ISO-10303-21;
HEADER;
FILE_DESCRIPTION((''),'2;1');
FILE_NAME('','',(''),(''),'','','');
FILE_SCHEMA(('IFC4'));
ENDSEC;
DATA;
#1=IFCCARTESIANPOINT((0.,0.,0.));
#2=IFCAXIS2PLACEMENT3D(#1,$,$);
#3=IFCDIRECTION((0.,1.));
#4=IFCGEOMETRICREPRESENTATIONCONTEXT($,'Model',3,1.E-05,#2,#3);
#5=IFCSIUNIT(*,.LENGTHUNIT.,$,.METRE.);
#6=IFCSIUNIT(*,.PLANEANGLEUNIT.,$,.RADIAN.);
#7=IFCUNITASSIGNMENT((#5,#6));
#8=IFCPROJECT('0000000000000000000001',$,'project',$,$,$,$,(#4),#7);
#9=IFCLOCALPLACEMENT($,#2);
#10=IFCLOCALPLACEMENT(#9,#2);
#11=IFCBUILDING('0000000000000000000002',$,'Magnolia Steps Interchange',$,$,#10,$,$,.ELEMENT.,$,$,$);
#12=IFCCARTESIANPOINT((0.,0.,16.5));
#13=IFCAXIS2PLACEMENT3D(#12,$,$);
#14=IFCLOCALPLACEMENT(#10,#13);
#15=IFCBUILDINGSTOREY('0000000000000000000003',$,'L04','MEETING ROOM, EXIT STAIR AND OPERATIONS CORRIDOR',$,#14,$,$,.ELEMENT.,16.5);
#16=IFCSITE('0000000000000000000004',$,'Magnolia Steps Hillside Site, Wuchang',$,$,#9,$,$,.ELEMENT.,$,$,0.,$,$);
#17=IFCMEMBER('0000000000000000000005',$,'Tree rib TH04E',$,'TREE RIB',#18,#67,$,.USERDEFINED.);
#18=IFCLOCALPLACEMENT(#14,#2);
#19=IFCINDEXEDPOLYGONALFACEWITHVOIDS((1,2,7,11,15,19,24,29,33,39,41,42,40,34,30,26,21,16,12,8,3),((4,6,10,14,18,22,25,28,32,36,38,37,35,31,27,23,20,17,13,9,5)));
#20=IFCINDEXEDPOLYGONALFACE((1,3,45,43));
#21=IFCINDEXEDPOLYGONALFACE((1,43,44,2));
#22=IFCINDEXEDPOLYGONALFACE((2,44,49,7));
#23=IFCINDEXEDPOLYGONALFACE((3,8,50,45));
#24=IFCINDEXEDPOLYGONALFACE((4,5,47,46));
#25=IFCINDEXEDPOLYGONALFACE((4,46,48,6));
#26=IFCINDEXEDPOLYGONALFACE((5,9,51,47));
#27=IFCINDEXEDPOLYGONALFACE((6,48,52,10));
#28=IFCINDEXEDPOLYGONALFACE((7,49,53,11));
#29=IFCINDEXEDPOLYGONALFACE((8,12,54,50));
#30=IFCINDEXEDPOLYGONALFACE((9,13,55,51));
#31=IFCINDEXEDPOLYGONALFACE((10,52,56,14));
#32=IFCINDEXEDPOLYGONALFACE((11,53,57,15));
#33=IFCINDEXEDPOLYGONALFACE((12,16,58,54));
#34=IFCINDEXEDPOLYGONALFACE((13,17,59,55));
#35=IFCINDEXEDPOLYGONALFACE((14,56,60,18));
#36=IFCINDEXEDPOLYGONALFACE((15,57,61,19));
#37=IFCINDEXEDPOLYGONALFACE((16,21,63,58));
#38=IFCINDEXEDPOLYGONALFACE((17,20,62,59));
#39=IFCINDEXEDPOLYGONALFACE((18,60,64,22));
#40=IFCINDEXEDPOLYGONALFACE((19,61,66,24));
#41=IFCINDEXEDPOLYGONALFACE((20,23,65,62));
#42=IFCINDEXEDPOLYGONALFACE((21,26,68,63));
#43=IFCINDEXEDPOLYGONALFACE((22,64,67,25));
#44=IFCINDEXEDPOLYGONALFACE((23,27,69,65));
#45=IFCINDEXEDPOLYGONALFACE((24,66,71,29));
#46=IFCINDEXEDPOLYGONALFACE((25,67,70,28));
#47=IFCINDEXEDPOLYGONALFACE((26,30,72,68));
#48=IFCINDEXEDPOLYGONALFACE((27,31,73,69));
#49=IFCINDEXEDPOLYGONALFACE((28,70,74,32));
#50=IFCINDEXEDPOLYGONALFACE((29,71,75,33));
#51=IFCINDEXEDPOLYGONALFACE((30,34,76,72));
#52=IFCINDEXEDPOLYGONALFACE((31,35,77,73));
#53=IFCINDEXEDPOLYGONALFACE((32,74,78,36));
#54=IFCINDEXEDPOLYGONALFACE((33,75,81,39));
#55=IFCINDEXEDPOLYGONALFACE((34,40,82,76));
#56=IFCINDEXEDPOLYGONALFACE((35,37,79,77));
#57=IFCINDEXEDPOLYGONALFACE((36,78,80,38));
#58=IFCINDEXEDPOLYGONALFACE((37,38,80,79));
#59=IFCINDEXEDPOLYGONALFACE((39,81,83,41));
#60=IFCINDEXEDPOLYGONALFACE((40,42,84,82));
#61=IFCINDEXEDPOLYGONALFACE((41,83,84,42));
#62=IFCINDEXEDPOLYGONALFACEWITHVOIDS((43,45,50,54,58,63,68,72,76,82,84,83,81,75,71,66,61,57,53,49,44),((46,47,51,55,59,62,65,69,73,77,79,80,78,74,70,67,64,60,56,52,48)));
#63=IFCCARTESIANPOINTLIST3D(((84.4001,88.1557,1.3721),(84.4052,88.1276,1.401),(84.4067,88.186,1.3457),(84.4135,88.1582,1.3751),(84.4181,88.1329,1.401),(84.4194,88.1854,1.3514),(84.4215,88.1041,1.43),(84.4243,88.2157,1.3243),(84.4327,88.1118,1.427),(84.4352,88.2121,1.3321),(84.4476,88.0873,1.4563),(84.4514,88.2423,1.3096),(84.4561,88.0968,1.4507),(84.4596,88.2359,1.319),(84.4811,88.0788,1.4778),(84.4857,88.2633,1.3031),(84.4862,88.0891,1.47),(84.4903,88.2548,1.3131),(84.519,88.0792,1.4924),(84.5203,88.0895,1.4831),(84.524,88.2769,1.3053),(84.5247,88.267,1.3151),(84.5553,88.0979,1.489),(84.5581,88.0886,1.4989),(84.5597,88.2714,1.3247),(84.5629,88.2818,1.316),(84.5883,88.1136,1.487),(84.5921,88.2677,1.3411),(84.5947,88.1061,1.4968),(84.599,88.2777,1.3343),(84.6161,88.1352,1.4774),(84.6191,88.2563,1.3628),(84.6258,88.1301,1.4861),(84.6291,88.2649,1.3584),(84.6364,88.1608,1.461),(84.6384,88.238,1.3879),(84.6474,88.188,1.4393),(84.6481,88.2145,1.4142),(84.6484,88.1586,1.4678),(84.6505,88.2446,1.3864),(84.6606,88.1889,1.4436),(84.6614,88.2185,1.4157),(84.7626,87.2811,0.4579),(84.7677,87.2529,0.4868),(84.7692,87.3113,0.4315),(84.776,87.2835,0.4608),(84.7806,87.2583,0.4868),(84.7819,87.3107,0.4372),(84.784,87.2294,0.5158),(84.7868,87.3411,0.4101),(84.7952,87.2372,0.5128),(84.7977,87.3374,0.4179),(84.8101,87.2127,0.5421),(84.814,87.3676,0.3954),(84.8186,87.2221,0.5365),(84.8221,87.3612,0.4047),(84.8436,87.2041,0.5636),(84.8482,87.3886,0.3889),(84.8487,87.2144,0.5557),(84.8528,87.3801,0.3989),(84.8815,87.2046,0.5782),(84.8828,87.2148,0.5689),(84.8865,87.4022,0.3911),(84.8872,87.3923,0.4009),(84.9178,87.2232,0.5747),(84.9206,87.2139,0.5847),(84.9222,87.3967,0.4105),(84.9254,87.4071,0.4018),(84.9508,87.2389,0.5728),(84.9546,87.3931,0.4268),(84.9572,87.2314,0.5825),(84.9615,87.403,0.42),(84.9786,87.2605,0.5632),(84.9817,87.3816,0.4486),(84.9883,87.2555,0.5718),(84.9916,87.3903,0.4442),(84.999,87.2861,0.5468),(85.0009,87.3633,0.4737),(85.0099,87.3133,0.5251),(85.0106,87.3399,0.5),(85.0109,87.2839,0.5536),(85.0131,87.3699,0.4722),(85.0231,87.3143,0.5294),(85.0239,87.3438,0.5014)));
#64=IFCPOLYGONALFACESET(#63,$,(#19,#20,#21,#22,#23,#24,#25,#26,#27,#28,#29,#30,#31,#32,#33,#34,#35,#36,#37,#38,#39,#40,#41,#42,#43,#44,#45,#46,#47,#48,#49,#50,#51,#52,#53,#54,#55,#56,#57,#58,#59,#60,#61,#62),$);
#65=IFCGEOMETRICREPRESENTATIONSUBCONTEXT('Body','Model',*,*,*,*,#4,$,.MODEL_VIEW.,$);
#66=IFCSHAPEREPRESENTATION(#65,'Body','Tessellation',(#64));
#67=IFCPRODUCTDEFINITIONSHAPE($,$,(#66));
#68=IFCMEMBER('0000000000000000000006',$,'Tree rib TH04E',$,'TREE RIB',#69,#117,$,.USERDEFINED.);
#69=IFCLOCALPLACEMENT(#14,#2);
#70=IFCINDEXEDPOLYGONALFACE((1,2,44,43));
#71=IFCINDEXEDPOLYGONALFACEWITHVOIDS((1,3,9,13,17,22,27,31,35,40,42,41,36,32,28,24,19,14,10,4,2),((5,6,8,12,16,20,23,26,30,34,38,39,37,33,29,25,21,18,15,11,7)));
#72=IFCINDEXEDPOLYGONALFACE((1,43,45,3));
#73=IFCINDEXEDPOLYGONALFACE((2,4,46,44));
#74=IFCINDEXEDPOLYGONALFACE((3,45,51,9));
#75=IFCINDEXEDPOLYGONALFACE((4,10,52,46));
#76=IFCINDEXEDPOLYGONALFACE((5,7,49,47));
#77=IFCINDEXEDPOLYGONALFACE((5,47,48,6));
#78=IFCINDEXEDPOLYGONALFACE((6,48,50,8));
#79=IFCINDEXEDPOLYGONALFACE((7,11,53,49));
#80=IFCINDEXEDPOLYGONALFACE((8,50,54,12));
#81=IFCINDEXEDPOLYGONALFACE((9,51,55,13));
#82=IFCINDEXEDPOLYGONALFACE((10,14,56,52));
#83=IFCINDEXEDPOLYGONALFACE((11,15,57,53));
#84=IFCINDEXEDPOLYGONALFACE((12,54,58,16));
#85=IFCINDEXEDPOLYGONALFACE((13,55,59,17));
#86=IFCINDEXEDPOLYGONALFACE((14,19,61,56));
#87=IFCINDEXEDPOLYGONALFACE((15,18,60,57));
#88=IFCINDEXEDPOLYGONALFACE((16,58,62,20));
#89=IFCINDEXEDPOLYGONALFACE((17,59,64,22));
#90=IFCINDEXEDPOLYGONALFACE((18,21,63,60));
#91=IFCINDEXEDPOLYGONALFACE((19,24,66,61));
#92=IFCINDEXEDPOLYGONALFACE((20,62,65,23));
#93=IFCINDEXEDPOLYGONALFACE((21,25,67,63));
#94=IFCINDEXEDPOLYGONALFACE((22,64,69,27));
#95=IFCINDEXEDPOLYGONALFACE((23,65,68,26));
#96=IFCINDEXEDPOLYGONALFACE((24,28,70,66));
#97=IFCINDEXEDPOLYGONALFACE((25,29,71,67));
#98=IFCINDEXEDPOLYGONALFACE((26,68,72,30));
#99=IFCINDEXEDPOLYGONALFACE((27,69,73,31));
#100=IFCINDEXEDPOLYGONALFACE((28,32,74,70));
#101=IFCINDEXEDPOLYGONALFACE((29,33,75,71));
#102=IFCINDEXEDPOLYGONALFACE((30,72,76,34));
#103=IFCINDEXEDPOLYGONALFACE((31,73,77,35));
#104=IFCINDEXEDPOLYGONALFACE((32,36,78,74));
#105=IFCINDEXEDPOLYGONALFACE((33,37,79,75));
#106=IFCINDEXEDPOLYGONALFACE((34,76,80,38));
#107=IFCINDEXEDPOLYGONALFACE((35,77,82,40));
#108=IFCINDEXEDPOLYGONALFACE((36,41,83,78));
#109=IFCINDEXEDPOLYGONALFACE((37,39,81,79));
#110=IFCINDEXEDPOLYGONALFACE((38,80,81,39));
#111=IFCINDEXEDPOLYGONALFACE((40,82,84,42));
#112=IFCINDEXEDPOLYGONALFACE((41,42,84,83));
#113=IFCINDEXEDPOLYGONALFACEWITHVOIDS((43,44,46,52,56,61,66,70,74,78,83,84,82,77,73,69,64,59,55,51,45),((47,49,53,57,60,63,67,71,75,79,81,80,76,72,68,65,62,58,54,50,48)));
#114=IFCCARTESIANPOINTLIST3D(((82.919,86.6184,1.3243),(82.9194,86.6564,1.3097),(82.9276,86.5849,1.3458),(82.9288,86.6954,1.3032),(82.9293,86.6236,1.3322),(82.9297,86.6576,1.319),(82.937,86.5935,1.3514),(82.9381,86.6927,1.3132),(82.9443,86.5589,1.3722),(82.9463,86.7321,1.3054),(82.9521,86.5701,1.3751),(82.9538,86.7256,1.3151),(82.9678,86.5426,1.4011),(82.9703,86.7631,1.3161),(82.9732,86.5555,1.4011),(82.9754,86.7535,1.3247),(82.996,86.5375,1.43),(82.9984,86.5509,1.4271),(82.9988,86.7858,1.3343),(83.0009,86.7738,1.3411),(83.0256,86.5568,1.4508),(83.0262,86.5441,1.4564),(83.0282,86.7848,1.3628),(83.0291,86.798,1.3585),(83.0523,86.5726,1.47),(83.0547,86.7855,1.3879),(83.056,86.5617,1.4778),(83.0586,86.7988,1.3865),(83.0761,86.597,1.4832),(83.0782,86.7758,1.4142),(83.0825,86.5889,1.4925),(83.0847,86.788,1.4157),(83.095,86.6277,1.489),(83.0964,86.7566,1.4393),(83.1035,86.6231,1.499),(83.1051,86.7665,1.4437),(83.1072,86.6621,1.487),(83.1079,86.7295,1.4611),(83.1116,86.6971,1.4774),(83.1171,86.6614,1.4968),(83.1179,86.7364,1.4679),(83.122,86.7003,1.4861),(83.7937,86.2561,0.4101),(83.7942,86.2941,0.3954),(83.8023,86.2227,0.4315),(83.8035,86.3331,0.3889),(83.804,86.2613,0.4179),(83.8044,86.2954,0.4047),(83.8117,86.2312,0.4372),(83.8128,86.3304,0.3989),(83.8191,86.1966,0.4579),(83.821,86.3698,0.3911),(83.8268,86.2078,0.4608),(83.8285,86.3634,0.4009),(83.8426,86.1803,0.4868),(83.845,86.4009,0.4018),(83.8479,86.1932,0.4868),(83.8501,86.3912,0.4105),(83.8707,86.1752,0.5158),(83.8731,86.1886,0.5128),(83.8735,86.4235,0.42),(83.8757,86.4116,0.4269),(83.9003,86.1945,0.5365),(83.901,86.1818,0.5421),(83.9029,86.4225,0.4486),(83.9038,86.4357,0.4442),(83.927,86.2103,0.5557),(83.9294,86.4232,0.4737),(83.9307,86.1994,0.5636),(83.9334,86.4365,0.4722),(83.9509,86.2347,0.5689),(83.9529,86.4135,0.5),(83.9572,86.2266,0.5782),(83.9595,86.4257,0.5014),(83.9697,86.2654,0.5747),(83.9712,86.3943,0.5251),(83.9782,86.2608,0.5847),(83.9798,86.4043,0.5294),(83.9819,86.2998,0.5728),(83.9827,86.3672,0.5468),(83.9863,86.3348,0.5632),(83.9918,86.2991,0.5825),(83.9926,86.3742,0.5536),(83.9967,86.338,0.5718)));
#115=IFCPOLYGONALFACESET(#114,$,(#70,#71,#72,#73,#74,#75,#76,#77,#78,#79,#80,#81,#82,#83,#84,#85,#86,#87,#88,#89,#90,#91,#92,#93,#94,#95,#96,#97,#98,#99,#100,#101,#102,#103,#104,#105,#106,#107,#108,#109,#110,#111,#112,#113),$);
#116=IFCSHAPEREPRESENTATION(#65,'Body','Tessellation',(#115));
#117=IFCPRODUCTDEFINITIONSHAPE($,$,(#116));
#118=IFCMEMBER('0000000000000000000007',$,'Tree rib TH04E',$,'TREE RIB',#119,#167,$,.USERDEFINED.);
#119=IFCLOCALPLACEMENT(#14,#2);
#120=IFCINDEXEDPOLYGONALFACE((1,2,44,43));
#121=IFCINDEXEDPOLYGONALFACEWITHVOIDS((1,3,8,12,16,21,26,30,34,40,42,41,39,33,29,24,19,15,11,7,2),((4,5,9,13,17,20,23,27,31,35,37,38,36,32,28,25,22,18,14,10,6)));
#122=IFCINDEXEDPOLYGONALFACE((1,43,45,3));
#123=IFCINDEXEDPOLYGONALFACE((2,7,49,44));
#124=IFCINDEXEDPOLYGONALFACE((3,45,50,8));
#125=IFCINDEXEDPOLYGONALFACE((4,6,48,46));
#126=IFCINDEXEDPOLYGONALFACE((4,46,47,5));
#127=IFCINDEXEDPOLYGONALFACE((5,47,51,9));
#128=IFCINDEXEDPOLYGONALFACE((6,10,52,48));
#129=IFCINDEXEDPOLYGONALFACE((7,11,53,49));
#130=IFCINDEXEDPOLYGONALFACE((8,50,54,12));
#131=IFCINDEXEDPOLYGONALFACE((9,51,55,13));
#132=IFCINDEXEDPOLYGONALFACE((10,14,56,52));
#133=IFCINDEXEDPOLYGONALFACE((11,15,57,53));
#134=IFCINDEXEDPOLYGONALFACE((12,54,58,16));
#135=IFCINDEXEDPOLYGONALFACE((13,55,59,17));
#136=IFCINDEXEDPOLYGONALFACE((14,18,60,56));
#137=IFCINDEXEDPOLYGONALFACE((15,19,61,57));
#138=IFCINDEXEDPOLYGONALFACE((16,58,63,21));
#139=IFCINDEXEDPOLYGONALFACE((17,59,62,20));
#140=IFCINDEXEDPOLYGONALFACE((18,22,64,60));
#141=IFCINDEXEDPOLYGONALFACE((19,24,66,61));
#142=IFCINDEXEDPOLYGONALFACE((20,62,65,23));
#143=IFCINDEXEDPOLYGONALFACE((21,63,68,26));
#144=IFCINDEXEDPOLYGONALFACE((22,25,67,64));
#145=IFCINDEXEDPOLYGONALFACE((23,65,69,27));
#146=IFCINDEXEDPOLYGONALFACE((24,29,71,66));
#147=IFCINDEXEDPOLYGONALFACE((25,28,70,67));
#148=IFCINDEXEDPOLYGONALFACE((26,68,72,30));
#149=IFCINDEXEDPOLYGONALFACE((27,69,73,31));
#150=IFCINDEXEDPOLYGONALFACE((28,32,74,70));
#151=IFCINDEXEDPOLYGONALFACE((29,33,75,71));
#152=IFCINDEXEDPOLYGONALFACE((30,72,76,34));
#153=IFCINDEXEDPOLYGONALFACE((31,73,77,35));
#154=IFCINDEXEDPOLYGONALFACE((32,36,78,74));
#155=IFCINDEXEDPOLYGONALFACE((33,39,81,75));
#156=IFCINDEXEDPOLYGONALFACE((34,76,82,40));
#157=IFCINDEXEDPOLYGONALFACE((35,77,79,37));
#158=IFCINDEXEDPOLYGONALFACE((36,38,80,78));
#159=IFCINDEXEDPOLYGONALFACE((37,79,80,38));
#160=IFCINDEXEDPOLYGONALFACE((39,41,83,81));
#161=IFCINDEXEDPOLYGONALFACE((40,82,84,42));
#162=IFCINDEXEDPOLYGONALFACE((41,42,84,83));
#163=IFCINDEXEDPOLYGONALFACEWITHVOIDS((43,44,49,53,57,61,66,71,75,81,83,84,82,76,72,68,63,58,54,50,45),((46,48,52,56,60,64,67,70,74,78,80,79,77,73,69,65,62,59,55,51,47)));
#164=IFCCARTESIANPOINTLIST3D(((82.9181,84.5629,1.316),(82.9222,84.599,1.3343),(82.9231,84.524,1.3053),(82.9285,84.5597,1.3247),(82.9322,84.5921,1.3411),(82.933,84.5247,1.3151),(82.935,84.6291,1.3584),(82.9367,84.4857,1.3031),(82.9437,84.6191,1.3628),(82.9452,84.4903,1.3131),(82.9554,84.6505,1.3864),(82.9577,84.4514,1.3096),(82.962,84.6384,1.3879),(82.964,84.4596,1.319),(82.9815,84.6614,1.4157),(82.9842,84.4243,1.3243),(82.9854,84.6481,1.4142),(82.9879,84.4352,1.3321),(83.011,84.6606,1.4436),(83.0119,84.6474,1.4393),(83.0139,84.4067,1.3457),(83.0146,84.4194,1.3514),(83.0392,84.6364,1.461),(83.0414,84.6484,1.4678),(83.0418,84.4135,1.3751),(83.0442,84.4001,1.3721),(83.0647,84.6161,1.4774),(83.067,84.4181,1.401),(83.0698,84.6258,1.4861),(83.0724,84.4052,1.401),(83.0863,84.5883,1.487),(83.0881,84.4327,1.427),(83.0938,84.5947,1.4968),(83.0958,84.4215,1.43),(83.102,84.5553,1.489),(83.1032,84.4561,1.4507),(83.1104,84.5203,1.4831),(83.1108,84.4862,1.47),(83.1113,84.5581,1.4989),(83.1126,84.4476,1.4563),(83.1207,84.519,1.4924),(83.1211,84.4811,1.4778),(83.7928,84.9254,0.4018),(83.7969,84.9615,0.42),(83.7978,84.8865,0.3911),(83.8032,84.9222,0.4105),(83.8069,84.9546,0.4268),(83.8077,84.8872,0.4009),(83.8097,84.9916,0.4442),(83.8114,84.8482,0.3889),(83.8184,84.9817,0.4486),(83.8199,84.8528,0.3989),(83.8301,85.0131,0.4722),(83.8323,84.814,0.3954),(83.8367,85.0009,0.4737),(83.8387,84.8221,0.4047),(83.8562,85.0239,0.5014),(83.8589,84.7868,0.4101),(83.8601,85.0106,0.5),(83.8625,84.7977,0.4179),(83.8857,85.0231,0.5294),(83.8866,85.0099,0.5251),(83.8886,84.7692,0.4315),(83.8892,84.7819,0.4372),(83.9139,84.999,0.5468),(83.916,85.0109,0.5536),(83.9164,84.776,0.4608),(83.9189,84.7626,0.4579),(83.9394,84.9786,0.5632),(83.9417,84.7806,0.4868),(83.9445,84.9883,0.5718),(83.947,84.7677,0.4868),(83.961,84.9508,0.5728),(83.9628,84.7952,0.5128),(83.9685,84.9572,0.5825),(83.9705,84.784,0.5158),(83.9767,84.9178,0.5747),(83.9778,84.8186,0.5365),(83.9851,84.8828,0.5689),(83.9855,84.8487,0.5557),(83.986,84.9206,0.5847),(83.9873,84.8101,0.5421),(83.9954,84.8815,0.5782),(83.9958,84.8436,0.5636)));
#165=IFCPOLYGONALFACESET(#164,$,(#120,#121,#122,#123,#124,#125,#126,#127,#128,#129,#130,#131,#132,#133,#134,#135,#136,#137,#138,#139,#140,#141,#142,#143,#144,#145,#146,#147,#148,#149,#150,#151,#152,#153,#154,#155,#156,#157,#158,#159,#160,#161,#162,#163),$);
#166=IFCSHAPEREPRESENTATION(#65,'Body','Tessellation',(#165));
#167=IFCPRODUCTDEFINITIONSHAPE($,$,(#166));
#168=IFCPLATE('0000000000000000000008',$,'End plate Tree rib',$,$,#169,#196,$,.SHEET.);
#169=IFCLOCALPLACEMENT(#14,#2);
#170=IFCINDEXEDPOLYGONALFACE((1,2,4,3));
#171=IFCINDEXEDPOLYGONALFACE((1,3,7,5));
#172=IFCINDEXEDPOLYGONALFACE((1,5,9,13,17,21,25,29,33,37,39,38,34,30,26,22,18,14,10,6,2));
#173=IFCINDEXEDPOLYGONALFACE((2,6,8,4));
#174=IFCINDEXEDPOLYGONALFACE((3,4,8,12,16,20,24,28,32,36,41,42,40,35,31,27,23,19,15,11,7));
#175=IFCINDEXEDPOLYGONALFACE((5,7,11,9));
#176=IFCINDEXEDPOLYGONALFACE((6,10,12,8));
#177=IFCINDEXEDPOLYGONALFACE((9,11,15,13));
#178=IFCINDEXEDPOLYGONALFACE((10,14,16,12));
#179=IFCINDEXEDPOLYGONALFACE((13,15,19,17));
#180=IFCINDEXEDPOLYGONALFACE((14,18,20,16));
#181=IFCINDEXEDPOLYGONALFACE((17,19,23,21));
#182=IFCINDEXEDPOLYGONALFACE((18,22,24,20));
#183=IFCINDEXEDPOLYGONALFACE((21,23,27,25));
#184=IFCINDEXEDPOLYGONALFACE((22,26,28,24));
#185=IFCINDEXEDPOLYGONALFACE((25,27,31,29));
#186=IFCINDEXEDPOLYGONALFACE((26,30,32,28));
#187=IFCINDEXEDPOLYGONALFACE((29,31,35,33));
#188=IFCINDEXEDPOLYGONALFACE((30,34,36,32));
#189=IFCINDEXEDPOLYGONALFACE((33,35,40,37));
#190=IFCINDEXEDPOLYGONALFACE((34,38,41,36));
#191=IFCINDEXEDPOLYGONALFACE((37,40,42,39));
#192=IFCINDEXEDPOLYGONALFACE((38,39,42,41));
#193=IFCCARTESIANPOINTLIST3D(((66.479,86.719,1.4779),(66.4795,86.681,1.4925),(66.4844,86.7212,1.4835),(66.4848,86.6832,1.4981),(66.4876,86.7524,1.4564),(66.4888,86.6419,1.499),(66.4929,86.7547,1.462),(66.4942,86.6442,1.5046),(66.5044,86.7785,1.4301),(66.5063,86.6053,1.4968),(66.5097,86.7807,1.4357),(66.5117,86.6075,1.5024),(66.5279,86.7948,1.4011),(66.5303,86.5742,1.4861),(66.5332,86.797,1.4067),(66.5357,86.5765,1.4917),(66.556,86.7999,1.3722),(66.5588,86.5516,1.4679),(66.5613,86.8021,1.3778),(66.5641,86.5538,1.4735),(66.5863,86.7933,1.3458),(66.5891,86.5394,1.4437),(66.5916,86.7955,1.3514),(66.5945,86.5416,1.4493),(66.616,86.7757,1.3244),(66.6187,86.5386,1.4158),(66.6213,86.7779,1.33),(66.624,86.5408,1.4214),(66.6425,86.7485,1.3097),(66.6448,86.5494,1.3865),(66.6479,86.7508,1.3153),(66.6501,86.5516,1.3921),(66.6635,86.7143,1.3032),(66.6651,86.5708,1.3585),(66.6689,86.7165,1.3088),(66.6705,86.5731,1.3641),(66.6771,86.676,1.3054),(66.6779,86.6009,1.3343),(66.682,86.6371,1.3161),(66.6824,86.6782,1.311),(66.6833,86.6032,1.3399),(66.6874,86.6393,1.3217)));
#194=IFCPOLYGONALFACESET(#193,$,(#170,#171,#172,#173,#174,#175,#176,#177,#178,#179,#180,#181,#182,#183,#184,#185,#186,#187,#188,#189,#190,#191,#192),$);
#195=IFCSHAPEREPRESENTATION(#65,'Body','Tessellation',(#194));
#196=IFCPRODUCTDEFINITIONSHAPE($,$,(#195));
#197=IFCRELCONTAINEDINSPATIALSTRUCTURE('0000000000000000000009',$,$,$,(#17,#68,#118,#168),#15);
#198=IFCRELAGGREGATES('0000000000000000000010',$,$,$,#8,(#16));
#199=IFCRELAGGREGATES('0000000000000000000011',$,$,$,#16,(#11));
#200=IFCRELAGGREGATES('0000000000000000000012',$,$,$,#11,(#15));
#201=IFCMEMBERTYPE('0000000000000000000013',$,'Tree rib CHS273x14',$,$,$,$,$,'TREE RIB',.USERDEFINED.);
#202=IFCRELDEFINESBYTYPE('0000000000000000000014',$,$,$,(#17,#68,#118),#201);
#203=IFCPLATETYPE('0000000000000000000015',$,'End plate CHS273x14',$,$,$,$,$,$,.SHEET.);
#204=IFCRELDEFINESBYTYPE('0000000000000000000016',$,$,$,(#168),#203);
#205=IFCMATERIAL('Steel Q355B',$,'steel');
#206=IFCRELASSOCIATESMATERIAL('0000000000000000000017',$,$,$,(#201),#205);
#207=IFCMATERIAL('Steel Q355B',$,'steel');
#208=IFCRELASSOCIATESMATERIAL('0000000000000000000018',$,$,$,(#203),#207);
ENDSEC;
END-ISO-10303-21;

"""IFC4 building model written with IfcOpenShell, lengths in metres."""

from ifc_helpers import new_model, si_unit, direction, frame, origin, origin_2d, place, context, subcontext, project, spatial, circle, hollow_circle, extrude, material, material_profile, profile_set, type_object, element, save


model = new_model("IFC4")

# Units and contexts
model_context = context("Model", 3, precision=1e-05, world=origin(), true_north=direction((0.0, 1.0)))
body_context = subcontext(model_context, "Body", "Model", "MODEL_VIEW")
ifc_project = project(units=[si_unit("LENGTHUNIT", "METRE"), si_unit("PLANEANGLEUNIT", "RADIAN")], contexts=[model_context])

# Site, building, storey
site_placement = place(None, origin())
site = spatial("IfcSite", under=ifc_project, at=site_placement, Name="Magnolia Steps Hillside Site, Wuchang", CompositionType="ELEMENT", RefElevation=0.0)
building_placement = place(site_placement, origin())
building = spatial("IfcBuilding", under=site, at=building_placement, Name="Magnolia Steps Interchange", CompositionType="ELEMENT")
storey_placement = place(building_placement, frame((0.0, 0.0, 16.5)))
storey = spatial("IfcBuildingStorey", under=building, at=storey_placement, Name="L04", Description="MEETING ROOM, EXIT STAIR AND OPERATIONS CORRIDOR", CompositionType="ELEMENT", Elevation=16.5)

# Members
ifc_material_1 = material(Name="Steel Q355B", Category="steel")
ifc_material_profile_1 = material_profile(ifc_material_1, hollow_circle(Radius=0.1365, WallThickness=0.0139, at=origin_2d()), Name="CHS273x14")
ifc_profile_set_1 = profile_set([ifc_material_profile_1], Name="Steel Q355B")
member_type = type_object("IfcMemberType", Name="Tree rib CHS273x14", ElementType="TREE RIB", PredefinedType="USERDEFINED", material=ifc_profile_set_1)
for number, where, z_axis, x_axis, name in (
    (1, (84.8938, 87.3052, 0.4868), (-0.275434, 0.664566, 0.694613), (-0.9238, -0.382876, 0.0), "Tree rib TH04E"),
    (2, (83.8948, 86.3064, 0.4868), (-0.6646, 0.275263, 0.694649), (-0.382655, -0.923891, 0.0), "Tree rib TH04E"),
    (3, (83.8948, 84.8938, 0.4868), (-0.664566, -0.275434, 0.694613), (0.382876, -0.9238, 0.0), "Tree rib TH04E"),
):
    element("IfcMember", number, at=place(storey_placement, frame(where, z_axis=z_axis, x_axis=x_axis)), inside=storey, type_object=member_type, Name=name, ObjectType="TREE RIB", PredefinedType="USERDEFINED", context=body_context, shape_type="SweptSolid", body=[
        extrude(hollow_circle(Radius=0.1365, WallThickness=0.0139, at=origin_2d()), origin(), (0.0, 0.0, 1.0), 1.3162),
    ])

# Plate
ifc_material_2 = material(Name="Steel Q355B", Category="steel")
ifc_material_profile_2 = material_profile(ifc_material_2, circle(Radius=0.1365, at=origin_2d()), Name="End plate CHS273x14")
ifc_profile_set_2 = profile_set([ifc_material_profile_2], Name="Steel Q355B")
plate_type_1 = type_object("IfcPlateType", Name="End plate CHS273x14", PredefinedType="SHEET", material=ifc_profile_set_2)
for number, where, z_axis, x_axis, name in (
    (4, (66.5801, 86.6687, 1.4011), (0.664583, 0.275279, 0.694658), (-0.382683, 0.92388, 0.0), "End plate Tree rib"),
):
    element("IfcPlate", number, at=place(storey_placement, frame(where, z_axis=z_axis, x_axis=x_axis)), inside=storey, type_object=plate_type_1, Name=name, PredefinedType="SHEET", context=body_context, shape_type="SweptSolid", body=[
        extrude(circle(Radius=0.1365, at=origin_2d()), origin(), (0.0, 0.0, 1.0), 0.0081),
    ])

save(model, "model.ifc")
